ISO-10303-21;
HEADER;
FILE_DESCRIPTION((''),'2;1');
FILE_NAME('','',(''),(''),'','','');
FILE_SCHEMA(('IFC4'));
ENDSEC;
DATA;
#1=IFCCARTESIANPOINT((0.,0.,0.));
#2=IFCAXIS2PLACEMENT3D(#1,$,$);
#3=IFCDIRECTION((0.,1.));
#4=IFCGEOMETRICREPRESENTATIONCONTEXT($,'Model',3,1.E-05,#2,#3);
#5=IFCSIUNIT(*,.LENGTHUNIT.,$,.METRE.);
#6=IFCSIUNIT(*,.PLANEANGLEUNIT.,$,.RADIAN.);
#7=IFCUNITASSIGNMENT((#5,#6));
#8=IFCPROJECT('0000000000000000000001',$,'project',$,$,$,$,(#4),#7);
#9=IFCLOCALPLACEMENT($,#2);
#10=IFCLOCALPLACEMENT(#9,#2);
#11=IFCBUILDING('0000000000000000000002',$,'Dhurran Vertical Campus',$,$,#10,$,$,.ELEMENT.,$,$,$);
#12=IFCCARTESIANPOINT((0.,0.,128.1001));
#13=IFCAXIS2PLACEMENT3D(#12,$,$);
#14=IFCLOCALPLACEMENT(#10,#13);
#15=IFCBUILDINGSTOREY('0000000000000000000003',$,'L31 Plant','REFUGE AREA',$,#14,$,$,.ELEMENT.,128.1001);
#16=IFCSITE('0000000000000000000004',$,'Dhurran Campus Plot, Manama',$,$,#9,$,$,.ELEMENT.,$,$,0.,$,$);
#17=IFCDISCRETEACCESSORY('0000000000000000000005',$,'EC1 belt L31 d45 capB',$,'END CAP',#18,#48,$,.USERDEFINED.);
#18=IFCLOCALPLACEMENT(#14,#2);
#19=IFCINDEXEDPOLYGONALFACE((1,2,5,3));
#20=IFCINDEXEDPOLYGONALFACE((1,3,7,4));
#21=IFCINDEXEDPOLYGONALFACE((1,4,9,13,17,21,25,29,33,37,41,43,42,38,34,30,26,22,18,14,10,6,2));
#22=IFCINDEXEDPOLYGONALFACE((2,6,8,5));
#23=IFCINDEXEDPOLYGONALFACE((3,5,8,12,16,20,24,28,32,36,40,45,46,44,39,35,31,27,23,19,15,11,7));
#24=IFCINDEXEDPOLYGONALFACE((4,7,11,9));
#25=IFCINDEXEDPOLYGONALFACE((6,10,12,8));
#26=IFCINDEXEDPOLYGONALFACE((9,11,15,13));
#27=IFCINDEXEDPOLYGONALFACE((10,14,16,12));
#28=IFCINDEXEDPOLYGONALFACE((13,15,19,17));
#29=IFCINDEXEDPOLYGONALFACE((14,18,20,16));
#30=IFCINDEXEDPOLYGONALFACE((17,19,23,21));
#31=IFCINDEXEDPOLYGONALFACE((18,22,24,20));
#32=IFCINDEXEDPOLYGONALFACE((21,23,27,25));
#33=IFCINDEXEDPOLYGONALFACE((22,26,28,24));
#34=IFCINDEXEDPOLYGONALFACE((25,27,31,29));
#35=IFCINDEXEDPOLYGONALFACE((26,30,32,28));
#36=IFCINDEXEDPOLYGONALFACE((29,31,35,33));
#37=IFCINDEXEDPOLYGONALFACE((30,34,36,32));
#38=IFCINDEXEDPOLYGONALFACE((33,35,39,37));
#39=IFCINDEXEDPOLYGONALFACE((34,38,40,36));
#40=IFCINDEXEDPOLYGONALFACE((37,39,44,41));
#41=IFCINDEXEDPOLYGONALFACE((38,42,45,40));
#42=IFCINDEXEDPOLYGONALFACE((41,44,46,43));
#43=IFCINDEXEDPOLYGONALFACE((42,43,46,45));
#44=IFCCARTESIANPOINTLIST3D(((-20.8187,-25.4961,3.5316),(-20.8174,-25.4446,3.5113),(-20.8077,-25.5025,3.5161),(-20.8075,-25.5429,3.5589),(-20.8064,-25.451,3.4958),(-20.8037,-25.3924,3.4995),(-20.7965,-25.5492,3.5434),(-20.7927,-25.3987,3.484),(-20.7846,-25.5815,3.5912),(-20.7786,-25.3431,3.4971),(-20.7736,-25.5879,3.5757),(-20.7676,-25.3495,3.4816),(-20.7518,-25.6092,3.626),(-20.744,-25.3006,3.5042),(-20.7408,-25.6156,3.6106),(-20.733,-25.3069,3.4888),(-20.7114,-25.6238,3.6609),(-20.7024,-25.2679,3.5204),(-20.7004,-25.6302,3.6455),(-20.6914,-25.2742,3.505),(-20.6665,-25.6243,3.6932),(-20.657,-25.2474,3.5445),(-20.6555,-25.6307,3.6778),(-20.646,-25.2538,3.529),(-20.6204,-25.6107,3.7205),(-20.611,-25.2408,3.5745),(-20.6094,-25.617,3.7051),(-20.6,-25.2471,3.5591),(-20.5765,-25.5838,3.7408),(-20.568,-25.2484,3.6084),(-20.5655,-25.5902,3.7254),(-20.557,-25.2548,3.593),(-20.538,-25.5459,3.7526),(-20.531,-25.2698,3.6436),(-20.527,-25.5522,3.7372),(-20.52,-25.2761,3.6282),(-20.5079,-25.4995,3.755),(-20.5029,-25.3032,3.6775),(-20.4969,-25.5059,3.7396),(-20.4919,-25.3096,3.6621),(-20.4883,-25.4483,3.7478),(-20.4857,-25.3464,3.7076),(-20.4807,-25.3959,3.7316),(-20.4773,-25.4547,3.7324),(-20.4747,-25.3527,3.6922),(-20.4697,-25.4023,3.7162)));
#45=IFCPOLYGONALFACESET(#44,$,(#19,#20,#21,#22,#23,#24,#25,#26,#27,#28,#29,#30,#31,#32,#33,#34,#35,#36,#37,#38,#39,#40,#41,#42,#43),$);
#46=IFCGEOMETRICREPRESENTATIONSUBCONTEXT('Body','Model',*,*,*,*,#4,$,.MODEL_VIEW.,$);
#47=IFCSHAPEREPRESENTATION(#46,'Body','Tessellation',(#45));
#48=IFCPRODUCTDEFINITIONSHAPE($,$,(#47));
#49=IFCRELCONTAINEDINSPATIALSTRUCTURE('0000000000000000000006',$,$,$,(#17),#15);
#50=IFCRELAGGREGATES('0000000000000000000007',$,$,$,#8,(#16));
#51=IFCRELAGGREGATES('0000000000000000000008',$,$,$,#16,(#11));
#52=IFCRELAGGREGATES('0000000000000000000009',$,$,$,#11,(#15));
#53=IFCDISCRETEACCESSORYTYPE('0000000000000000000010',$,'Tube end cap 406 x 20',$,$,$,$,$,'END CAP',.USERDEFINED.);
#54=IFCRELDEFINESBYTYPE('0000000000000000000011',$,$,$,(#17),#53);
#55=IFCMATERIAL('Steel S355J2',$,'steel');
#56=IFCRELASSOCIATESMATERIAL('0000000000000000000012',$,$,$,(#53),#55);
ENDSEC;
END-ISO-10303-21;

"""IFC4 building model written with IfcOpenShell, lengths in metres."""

from ifc_helpers import new_model, si_unit, direction, frame, origin, origin_2d, place, context, subcontext, project, spatial, circle, extrude, material, material_profile, profile_set, type_object, element, save


model = new_model("IFC4")

# Units and contexts
model_context = context("Model", 3, precision=1e-05, world=origin(), true_north=direction((0.0, 1.0)))
body_context = subcontext(model_context, "Body", "Model", "MODEL_VIEW")
ifc_project = project(units=[si_unit("LENGTHUNIT", "METRE"), si_unit("PLANEANGLEUNIT", "RADIAN")], contexts=[model_context])

# Site, building, storey
site_placement = place(None, origin())
site = spatial("IfcSite", under=ifc_project, at=site_placement, Name="Dhurran Campus Plot, Manama", CompositionType="ELEMENT", RefElevation=0.0)
building_placement = place(site_placement, origin())
building = spatial("IfcBuilding", under=site, at=building_placement, Name="Dhurran Vertical Campus", CompositionType="ELEMENT")
storey_placement = place(building_placement, frame((0.0, 0.0, 128.1001)))
storey = spatial("IfcBuildingStorey", under=building, at=storey_placement, Name="L31 Plant", Description="REFUGE AREA", CompositionType="ELEMENT", Elevation=128.1001)

# Discrete accessory
ifc_material_1 = material(Name="Steel S355J2", Category="steel")
ifc_material_profile_1 = material_profile(ifc_material_1, circle(Radius=0.2031, at=origin_2d()), Name="Tube end cap 406 x 20")
ifc_profile_set_1 = profile_set([ifc_material_profile_1], Name="Steel S355J2")
discrete_accessory_type = type_object("IfcDiscreteAccessoryType", Name="Tube end cap 406 x 20", ElementType="END CAP", PredefinedType="USERDEFINED", material=ifc_profile_set_1)
for number, where, z_axis, x_axis, name in (
    (1, (-20.6392, -25.4397, 3.6106), (-0.550997, 0.318354, 0.771396), (-0.500278, -0.865865, 0.0), "EC1 belt L31 d45 capB"),
):
    element("IfcDiscreteAccessory", number, at=place(storey_placement, frame(where, z_axis=z_axis, x_axis=x_axis)), inside=storey, type_object=discrete_accessory_type, Name=name, ObjectType="END CAP", PredefinedType="USERDEFINED", context=body_context, shape_type="SweptSolid", body=[
        extrude(circle(Radius=0.2031, at=origin_2d()), origin(), (0.0, 0.0, 1.0), 0.02),
    ])

save(model, "model.ifc")
